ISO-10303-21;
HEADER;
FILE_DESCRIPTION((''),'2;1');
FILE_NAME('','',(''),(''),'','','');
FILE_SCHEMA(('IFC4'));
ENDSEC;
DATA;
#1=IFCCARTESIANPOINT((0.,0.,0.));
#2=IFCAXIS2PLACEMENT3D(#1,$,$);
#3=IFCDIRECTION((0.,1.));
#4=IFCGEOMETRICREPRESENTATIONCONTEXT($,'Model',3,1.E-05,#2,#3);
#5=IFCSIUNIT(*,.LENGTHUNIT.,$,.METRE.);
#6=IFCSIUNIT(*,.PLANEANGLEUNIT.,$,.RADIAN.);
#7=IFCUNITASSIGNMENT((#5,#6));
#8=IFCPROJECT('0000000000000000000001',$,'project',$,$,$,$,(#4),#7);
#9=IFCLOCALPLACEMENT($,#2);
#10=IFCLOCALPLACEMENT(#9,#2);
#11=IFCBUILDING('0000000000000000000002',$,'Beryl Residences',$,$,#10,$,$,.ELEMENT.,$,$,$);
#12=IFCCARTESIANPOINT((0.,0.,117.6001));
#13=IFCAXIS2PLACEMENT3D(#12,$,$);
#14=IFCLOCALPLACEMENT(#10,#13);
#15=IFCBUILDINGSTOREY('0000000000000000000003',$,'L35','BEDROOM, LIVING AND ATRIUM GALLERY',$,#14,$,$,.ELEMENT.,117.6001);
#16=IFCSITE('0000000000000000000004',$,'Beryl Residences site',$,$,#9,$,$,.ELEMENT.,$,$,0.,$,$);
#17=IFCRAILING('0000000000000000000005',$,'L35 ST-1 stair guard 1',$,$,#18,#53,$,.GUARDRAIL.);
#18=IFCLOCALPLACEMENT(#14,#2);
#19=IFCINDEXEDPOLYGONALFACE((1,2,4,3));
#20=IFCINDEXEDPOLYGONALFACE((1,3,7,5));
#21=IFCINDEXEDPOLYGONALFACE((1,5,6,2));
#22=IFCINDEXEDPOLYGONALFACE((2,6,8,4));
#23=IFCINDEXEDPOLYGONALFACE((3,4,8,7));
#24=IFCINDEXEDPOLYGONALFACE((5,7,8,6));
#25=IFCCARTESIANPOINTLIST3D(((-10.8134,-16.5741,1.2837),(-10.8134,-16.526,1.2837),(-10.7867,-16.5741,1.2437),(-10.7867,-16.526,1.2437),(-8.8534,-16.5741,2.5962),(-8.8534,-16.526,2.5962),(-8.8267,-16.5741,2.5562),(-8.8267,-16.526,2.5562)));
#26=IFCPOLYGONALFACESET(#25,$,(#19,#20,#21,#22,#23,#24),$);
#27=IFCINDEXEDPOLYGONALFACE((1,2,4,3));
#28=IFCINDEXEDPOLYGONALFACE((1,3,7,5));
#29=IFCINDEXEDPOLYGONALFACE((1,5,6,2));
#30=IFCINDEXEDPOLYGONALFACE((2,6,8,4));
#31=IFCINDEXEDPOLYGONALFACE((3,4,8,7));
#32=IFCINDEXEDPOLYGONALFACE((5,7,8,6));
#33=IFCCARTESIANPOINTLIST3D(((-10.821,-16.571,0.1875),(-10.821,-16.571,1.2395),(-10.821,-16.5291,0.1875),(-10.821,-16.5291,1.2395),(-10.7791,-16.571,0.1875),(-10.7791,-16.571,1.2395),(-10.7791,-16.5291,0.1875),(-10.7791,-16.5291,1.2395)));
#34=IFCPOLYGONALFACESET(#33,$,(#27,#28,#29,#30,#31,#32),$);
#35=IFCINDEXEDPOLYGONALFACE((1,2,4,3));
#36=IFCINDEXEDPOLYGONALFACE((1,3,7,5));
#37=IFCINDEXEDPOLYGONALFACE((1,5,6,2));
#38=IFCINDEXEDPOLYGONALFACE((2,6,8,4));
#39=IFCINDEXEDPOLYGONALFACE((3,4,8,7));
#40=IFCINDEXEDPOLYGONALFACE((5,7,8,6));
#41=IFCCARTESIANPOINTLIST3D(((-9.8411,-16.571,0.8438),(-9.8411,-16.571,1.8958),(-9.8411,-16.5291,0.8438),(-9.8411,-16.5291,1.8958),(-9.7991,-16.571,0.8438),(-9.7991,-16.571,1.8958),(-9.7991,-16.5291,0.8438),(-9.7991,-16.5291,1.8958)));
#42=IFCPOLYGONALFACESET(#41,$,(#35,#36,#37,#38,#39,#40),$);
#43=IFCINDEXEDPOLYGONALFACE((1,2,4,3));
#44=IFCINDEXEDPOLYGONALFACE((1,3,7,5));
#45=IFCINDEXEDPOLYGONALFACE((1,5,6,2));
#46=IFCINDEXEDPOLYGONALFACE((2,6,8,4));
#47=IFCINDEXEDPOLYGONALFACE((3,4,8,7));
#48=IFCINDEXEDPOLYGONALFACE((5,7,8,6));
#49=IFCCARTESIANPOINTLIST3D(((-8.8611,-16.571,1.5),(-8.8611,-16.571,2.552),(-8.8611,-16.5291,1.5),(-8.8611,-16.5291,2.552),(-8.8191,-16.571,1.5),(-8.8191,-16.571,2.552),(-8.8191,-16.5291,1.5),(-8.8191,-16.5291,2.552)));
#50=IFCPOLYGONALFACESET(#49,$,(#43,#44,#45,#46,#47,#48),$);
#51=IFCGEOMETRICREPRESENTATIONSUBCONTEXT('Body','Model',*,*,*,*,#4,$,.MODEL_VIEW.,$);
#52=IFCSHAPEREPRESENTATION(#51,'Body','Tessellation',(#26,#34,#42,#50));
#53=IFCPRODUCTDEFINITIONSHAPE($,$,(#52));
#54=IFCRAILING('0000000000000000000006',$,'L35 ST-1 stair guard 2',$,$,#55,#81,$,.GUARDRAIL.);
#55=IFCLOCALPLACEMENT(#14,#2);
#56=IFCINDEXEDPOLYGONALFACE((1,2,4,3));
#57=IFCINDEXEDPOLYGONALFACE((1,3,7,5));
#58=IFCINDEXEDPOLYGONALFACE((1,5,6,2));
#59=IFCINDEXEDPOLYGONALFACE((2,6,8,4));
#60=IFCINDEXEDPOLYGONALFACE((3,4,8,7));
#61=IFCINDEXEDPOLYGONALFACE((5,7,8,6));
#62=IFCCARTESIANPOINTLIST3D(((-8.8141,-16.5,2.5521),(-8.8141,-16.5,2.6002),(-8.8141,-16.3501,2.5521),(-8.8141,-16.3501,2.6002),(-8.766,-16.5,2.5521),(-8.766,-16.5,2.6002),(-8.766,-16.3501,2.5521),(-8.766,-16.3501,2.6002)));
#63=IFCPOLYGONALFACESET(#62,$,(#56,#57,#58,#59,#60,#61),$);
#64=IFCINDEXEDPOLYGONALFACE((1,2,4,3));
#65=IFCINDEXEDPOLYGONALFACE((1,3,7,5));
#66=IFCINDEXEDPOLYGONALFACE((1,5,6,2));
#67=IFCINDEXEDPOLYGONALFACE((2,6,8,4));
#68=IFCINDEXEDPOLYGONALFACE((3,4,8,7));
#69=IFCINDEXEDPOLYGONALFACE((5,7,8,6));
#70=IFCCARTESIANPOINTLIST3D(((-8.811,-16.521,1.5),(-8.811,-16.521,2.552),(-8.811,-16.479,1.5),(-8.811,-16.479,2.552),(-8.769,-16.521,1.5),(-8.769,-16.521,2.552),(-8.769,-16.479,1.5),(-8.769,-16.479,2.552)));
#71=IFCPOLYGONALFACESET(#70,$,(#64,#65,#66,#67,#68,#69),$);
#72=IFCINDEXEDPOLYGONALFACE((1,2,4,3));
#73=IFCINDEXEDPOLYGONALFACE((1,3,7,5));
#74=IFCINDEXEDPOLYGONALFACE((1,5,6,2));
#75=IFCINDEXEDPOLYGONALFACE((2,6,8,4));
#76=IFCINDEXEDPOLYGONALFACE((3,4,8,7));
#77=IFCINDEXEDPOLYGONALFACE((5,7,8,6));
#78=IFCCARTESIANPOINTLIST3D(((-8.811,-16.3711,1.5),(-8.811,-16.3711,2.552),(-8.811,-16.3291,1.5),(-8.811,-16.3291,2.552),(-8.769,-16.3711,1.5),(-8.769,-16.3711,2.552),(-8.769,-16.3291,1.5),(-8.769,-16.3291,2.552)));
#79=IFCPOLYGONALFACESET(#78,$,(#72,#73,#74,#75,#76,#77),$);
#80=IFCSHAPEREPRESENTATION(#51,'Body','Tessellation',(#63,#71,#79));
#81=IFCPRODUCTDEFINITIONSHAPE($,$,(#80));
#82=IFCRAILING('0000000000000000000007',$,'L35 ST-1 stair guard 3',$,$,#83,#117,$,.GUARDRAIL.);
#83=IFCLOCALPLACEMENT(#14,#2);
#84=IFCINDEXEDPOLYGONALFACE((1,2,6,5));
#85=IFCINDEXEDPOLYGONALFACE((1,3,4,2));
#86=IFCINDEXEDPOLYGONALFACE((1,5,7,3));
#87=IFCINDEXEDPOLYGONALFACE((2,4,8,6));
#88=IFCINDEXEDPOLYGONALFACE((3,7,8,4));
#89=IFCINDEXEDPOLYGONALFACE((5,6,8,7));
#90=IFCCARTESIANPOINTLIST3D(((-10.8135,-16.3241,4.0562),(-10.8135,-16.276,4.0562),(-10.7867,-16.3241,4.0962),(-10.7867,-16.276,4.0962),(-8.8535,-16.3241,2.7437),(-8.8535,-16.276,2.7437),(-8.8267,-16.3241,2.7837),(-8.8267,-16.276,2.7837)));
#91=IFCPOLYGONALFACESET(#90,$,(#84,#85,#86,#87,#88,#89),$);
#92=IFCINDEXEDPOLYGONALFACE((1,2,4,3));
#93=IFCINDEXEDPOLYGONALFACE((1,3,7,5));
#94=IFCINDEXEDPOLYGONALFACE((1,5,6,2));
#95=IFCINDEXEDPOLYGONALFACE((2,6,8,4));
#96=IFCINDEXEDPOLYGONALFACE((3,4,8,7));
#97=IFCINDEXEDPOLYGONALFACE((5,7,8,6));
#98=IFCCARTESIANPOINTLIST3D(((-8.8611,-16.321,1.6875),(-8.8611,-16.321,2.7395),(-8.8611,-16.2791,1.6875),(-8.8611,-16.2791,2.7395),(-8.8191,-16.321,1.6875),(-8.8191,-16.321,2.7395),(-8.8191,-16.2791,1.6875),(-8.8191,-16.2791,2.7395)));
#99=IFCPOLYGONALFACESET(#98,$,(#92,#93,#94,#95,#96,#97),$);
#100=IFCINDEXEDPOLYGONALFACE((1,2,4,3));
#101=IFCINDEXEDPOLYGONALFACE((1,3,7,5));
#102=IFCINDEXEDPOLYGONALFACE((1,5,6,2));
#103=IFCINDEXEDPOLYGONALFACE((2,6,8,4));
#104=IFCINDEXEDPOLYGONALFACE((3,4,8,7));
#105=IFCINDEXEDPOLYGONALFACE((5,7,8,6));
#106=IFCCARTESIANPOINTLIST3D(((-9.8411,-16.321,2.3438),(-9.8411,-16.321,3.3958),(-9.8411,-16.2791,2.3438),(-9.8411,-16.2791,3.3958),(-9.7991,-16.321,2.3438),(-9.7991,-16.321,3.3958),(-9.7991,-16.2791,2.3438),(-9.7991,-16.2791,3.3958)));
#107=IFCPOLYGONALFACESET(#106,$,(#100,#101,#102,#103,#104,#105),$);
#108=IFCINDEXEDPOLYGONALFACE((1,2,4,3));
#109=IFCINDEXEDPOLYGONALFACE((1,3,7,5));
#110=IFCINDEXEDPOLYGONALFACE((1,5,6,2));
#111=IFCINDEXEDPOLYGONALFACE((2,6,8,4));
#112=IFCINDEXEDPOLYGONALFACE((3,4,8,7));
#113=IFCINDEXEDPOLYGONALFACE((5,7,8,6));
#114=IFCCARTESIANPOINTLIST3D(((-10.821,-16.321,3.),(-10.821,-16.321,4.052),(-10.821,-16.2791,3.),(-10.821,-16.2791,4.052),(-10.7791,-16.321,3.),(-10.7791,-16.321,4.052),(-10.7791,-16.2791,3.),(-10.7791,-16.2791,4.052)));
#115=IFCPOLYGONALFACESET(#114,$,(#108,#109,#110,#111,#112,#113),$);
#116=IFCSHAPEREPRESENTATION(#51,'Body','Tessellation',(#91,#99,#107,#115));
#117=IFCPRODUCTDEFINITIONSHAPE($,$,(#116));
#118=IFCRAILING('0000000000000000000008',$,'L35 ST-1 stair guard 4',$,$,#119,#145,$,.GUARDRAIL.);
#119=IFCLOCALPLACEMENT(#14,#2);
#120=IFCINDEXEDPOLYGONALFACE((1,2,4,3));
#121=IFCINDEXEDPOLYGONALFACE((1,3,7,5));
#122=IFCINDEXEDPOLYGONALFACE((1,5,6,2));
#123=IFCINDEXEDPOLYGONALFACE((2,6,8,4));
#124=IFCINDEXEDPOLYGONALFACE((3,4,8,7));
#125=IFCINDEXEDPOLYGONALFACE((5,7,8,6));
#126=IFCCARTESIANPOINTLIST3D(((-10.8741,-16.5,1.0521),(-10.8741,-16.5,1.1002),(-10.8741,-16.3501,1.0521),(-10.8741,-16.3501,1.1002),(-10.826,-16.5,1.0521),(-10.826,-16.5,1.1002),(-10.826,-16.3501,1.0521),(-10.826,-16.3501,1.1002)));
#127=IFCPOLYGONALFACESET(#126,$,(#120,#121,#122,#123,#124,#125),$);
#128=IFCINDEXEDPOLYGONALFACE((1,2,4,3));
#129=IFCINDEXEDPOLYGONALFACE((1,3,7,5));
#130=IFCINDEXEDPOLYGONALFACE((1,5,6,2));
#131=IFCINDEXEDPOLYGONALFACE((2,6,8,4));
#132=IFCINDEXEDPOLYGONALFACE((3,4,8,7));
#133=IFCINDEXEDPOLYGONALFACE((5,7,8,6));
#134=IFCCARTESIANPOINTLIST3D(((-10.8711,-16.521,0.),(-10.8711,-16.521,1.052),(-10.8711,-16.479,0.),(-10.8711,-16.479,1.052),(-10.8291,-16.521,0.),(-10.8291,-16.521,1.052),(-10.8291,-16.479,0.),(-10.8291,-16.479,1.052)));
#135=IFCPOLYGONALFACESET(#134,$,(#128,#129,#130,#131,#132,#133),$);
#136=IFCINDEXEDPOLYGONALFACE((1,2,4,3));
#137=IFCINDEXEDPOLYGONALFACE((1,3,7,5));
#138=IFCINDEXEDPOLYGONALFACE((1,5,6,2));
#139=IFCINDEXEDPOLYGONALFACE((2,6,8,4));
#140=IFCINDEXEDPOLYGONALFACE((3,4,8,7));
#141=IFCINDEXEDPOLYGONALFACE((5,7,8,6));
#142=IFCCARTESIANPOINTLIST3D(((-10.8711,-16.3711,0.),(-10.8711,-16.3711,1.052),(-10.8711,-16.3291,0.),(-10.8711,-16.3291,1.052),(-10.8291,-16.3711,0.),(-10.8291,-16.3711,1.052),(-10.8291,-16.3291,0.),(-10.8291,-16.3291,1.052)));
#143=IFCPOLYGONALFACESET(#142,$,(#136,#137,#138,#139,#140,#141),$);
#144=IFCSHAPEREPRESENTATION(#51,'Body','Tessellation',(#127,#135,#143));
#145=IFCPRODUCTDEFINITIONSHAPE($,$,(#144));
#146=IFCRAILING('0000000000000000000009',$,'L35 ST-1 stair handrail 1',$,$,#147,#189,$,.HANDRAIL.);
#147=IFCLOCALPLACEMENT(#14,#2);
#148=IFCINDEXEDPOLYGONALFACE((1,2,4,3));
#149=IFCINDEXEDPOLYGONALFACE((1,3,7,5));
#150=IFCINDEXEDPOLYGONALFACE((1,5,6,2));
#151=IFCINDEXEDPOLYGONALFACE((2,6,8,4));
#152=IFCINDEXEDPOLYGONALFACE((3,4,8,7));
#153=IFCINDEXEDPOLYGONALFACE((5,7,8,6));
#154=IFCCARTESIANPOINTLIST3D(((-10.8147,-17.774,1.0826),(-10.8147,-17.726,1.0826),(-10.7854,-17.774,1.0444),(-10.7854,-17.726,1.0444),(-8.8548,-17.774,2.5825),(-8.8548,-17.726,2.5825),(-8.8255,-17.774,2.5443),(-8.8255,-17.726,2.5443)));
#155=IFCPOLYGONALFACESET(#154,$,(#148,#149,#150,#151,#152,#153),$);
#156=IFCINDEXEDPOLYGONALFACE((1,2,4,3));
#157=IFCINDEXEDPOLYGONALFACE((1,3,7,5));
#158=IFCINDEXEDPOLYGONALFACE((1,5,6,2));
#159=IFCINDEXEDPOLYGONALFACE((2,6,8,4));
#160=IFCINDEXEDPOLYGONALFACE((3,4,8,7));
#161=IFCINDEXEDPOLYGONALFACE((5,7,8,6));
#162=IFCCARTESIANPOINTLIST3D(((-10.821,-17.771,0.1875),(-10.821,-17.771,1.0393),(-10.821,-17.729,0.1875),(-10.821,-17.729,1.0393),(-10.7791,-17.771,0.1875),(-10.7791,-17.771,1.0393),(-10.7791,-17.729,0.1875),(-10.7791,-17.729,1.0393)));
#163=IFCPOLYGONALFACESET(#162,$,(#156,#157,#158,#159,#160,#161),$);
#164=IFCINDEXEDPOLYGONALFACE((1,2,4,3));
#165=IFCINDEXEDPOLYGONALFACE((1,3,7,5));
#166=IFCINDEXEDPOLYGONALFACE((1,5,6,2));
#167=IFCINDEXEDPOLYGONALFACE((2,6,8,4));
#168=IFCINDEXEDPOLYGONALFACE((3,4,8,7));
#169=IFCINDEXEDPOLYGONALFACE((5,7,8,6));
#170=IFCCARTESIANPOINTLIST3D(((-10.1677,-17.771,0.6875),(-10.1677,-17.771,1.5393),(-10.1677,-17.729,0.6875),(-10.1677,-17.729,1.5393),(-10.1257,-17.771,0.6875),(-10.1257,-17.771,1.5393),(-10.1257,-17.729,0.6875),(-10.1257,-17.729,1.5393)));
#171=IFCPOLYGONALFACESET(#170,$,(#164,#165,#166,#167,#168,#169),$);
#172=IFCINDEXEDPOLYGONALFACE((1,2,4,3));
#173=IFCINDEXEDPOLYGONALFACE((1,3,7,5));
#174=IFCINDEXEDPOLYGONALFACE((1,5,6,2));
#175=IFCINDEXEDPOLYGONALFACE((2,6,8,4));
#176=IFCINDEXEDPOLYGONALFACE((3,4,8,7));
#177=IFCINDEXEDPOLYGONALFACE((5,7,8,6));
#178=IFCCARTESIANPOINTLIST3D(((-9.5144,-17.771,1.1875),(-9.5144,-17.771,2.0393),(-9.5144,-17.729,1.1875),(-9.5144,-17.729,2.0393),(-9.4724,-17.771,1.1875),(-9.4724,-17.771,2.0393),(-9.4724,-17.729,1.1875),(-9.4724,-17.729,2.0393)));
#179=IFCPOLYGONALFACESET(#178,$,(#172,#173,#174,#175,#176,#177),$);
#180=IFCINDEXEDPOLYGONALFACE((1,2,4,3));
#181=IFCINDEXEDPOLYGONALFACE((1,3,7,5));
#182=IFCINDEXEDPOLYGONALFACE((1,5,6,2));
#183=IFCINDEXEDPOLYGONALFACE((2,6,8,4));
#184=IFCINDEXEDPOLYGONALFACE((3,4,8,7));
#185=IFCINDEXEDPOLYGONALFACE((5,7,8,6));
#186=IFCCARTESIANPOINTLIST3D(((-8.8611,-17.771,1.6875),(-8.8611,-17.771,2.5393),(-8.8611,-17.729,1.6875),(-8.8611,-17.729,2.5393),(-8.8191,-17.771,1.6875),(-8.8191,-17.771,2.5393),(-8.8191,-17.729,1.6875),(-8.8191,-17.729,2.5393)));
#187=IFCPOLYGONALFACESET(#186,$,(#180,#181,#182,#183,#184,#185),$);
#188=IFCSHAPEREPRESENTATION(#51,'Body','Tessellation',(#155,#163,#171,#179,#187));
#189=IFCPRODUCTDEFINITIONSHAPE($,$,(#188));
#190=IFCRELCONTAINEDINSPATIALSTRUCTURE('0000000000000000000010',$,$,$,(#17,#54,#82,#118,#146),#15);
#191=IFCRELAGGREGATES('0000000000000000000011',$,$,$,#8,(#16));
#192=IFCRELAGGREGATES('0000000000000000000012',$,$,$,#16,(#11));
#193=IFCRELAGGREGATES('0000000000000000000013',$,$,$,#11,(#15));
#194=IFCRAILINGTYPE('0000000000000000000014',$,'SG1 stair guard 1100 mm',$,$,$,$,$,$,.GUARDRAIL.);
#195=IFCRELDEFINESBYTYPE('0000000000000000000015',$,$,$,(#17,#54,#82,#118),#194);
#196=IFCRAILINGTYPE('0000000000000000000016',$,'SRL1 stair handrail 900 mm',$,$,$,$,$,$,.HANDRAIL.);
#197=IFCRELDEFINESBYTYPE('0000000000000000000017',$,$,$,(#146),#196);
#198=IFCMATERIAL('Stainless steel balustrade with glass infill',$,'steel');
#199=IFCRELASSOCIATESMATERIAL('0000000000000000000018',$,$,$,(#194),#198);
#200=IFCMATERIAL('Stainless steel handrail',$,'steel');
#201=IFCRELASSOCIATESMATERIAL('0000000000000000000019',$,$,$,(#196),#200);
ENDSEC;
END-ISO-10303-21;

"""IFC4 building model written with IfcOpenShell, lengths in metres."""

from ifc_helpers import new_model, si_unit, direction, frame, origin, origin_2d, place, context, subcontext, project, spatial, rectangle, extrude, material, type_object, element, save


model = new_model("IFC4")

# Units and contexts
model_context = context("Model", 3, precision=1e-05, world=origin(), true_north=direction((0.0, 1.0)))
body_context = subcontext(model_context, "Body", "Model", "MODEL_VIEW")
ifc_project = project(units=[si_unit("LENGTHUNIT", "METRE"), si_unit("PLANEANGLEUNIT", "RADIAN")], contexts=[model_context])

# Site, building, storey
site_placement = place(None, origin())
site = spatial("IfcSite", under=ifc_project, at=site_placement, Name="Beryl Residences site", CompositionType="ELEMENT", RefElevation=0.0)
building_placement = place(site_placement, origin())
building = spatial("IfcBuilding", under=site, at=building_placement, Name="Beryl Residences", CompositionType="ELEMENT")
storey_placement = place(building_placement, frame((0.0, 0.0, 117.6001)))
storey = spatial("IfcBuildingStorey", under=building, at=storey_placement, Name="L35", Description="BEDROOM, LIVING AND ATRIUM GALLERY", CompositionType="ELEMENT", Elevation=117.6001)

# Railings
ifc_material_1 = material(Name="Stainless steel balustrade with glass infill", Category="steel")
railing_type_1 = type_object("IfcRailingType", Name="SG1 stair guard 1100 mm", PredefinedType="GUARDRAIL", material=ifc_material_1)
railing_1_placement = place(storey_placement, frame((-10.8, -16.55, 0.1875)))
element("IfcRailing", 1, at=railing_1_placement, inside=storey, type_object=railing_type_1, Name="L35 ST-1 stair guard 1", PredefinedType="GUARDRAIL", context=body_context, shape_type="SweptSolid", body=[
    extrude(rectangle(XDim=0.0481, YDim=0.0481, at=origin_2d()), frame((0.0, 0.0, 1.0762), z_axis=(0.830902, 0.0, 0.556419), x_axis=(0.0, 1.0, 0.0)), (0.0, 0.0, 1.0), 2.3589),
    extrude(rectangle(XDim=0.042, YDim=0.042, at=origin_2d()), origin(), (0.0, 0.0, 1.0), 1.052),
    extrude(rectangle(XDim=0.042, YDim=0.042, at=origin_2d()), frame((0.98, 0.0, 0.6562)), (0.0, 0.0, 1.0), 1.052),
    extrude(rectangle(XDim=0.042, YDim=0.042, at=origin_2d()), frame((1.96, 0.0, 1.3125)), (0.0, 0.0, 1.0), 1.052),
])
railing_2_placement = place(storey_placement, frame((-8.79, -16.5, 1.5)))
element("IfcRailing", 2, at=railing_2_placement, inside=storey, type_object=railing_type_1, Name="L35 ST-1 stair guard 2", PredefinedType="GUARDRAIL", context=body_context, shape_type="SweptSolid", body=[
    extrude(rectangle(XDim=0.0481, YDim=0.0481, at=origin_2d()), frame((0.0, 0.0, 1.0762), z_axis=(0.0, 1.0, 0.0), x_axis=(-1.0, 0.0, 0.0)), (0.0, 0.0, 1.0), 0.1499),
    extrude(rectangle(XDim=0.042, YDim=0.042, at=origin_2d()), origin(), (0.0, 0.0, 1.0), 1.052),
    extrude(rectangle(XDim=0.042, YDim=0.042, at=origin_2d()), frame((0.0, 0.1499, 0.0)), (0.0, 0.0, 1.0), 1.052),
])
railing_3_placement = place(storey_placement, frame((-8.8401, -16.3, 1.6875)))
element("IfcRailing", 3, at=railing_3_placement, inside=storey, type_object=railing_type_1, Name="L35 ST-1 stair guard 3", PredefinedType="GUARDRAIL", context=body_context, shape_type="SweptSolid", body=[
    extrude(rectangle(XDim=0.0481, YDim=0.0481, at=origin_2d()), frame((0.0, 0.0, 1.0762), z_axis=(-0.830902, 0.0, 0.556419), x_axis=(0.0, -1.0, 0.0)), (0.0, 0.0, 1.0), 2.3589),
    extrude(rectangle(XDim=0.042, YDim=0.042, at=origin_2d()), origin(), (0.0, 0.0, 1.0), 1.052),
    extrude(rectangle(XDim=0.042, YDim=0.042, at=origin_2d()), frame((-0.98, 0.0, 0.6562)), (0.0, 0.0, 1.0), 1.052),
    extrude(rectangle(XDim=0.042, YDim=0.042, at=origin_2d()), frame((-1.96, 0.0, 1.3125)), (0.0, 0.0, 1.0), 1.052),
])
railing_4_placement = place(storey_placement, frame((-10.8501, -16.5, 0.0)))
element("IfcRailing", 4, at=railing_4_placement, inside=storey, type_object=railing_type_1, Name="L35 ST-1 stair guard 4", PredefinedType="GUARDRAIL", context=body_context, shape_type="SweptSolid", body=[
    extrude(rectangle(XDim=0.0481, YDim=0.0481, at=origin_2d()), frame((0.0, 0.0, 1.0762), z_axis=(0.0, 1.0, 0.0), x_axis=(-1.0, 0.0, 0.0)), (0.0, 0.0, 1.0), 0.1499),
    extrude(rectangle(XDim=0.042, YDim=0.042, at=origin_2d()), origin(), (0.0, 0.0, 1.0), 1.052),
    extrude(rectangle(XDim=0.042, YDim=0.042, at=origin_2d()), frame((0.0, 0.1499, 0.0)), (0.0, 0.0, 1.0), 1.052),
])
ifc_material_2 = material(Name="Stainless steel handrail", Category="steel")
railing_type_2 = type_object("IfcRailingType", Name="SRL1 stair handrail 900 mm", PredefinedType="HANDRAIL", material=ifc_material_2)
railing_5_placement = place(storey_placement, frame((-10.8, -17.75, 0.1875)))
element("IfcRailing", 5, at=railing_5_placement, inside=storey, type_object=railing_type_2, Name="L35 ST-1 stair handrail 1", PredefinedType="HANDRAIL", context=body_context, shape_type="SweptSolid", body=[
    extrude(rectangle(XDim=0.0481, YDim=0.0481, at=origin_2d()), frame((0.0, 0.0, 0.876), z_axis=(0.794122, 0.0, 0.607758), x_axis=(0.0, 1.0, 0.0)), (0.0, 0.0, 1.0), 2.468),
    extrude(rectangle(XDim=0.042, YDim=0.042, at=origin_2d()), origin(), (0.0, 0.0, 1.0), 0.8518),
    extrude(rectangle(XDim=0.042, YDim=0.042, at=origin_2d()), frame((0.6533, 0.0, 0.5)), (0.0, 0.0, 1.0), 0.8518),
    extrude(rectangle(XDim=0.042, YDim=0.042, at=origin_2d()), frame((1.3066, 0.0, 1.0)), (0.0, 0.0, 1.0), 0.8518),
    extrude(rectangle(XDim=0.042, YDim=0.042, at=origin_2d()), frame((1.96, 0.0, 1.5)), (0.0, 0.0, 1.0), 0.8518),
])

save(model, "model.ifc")
